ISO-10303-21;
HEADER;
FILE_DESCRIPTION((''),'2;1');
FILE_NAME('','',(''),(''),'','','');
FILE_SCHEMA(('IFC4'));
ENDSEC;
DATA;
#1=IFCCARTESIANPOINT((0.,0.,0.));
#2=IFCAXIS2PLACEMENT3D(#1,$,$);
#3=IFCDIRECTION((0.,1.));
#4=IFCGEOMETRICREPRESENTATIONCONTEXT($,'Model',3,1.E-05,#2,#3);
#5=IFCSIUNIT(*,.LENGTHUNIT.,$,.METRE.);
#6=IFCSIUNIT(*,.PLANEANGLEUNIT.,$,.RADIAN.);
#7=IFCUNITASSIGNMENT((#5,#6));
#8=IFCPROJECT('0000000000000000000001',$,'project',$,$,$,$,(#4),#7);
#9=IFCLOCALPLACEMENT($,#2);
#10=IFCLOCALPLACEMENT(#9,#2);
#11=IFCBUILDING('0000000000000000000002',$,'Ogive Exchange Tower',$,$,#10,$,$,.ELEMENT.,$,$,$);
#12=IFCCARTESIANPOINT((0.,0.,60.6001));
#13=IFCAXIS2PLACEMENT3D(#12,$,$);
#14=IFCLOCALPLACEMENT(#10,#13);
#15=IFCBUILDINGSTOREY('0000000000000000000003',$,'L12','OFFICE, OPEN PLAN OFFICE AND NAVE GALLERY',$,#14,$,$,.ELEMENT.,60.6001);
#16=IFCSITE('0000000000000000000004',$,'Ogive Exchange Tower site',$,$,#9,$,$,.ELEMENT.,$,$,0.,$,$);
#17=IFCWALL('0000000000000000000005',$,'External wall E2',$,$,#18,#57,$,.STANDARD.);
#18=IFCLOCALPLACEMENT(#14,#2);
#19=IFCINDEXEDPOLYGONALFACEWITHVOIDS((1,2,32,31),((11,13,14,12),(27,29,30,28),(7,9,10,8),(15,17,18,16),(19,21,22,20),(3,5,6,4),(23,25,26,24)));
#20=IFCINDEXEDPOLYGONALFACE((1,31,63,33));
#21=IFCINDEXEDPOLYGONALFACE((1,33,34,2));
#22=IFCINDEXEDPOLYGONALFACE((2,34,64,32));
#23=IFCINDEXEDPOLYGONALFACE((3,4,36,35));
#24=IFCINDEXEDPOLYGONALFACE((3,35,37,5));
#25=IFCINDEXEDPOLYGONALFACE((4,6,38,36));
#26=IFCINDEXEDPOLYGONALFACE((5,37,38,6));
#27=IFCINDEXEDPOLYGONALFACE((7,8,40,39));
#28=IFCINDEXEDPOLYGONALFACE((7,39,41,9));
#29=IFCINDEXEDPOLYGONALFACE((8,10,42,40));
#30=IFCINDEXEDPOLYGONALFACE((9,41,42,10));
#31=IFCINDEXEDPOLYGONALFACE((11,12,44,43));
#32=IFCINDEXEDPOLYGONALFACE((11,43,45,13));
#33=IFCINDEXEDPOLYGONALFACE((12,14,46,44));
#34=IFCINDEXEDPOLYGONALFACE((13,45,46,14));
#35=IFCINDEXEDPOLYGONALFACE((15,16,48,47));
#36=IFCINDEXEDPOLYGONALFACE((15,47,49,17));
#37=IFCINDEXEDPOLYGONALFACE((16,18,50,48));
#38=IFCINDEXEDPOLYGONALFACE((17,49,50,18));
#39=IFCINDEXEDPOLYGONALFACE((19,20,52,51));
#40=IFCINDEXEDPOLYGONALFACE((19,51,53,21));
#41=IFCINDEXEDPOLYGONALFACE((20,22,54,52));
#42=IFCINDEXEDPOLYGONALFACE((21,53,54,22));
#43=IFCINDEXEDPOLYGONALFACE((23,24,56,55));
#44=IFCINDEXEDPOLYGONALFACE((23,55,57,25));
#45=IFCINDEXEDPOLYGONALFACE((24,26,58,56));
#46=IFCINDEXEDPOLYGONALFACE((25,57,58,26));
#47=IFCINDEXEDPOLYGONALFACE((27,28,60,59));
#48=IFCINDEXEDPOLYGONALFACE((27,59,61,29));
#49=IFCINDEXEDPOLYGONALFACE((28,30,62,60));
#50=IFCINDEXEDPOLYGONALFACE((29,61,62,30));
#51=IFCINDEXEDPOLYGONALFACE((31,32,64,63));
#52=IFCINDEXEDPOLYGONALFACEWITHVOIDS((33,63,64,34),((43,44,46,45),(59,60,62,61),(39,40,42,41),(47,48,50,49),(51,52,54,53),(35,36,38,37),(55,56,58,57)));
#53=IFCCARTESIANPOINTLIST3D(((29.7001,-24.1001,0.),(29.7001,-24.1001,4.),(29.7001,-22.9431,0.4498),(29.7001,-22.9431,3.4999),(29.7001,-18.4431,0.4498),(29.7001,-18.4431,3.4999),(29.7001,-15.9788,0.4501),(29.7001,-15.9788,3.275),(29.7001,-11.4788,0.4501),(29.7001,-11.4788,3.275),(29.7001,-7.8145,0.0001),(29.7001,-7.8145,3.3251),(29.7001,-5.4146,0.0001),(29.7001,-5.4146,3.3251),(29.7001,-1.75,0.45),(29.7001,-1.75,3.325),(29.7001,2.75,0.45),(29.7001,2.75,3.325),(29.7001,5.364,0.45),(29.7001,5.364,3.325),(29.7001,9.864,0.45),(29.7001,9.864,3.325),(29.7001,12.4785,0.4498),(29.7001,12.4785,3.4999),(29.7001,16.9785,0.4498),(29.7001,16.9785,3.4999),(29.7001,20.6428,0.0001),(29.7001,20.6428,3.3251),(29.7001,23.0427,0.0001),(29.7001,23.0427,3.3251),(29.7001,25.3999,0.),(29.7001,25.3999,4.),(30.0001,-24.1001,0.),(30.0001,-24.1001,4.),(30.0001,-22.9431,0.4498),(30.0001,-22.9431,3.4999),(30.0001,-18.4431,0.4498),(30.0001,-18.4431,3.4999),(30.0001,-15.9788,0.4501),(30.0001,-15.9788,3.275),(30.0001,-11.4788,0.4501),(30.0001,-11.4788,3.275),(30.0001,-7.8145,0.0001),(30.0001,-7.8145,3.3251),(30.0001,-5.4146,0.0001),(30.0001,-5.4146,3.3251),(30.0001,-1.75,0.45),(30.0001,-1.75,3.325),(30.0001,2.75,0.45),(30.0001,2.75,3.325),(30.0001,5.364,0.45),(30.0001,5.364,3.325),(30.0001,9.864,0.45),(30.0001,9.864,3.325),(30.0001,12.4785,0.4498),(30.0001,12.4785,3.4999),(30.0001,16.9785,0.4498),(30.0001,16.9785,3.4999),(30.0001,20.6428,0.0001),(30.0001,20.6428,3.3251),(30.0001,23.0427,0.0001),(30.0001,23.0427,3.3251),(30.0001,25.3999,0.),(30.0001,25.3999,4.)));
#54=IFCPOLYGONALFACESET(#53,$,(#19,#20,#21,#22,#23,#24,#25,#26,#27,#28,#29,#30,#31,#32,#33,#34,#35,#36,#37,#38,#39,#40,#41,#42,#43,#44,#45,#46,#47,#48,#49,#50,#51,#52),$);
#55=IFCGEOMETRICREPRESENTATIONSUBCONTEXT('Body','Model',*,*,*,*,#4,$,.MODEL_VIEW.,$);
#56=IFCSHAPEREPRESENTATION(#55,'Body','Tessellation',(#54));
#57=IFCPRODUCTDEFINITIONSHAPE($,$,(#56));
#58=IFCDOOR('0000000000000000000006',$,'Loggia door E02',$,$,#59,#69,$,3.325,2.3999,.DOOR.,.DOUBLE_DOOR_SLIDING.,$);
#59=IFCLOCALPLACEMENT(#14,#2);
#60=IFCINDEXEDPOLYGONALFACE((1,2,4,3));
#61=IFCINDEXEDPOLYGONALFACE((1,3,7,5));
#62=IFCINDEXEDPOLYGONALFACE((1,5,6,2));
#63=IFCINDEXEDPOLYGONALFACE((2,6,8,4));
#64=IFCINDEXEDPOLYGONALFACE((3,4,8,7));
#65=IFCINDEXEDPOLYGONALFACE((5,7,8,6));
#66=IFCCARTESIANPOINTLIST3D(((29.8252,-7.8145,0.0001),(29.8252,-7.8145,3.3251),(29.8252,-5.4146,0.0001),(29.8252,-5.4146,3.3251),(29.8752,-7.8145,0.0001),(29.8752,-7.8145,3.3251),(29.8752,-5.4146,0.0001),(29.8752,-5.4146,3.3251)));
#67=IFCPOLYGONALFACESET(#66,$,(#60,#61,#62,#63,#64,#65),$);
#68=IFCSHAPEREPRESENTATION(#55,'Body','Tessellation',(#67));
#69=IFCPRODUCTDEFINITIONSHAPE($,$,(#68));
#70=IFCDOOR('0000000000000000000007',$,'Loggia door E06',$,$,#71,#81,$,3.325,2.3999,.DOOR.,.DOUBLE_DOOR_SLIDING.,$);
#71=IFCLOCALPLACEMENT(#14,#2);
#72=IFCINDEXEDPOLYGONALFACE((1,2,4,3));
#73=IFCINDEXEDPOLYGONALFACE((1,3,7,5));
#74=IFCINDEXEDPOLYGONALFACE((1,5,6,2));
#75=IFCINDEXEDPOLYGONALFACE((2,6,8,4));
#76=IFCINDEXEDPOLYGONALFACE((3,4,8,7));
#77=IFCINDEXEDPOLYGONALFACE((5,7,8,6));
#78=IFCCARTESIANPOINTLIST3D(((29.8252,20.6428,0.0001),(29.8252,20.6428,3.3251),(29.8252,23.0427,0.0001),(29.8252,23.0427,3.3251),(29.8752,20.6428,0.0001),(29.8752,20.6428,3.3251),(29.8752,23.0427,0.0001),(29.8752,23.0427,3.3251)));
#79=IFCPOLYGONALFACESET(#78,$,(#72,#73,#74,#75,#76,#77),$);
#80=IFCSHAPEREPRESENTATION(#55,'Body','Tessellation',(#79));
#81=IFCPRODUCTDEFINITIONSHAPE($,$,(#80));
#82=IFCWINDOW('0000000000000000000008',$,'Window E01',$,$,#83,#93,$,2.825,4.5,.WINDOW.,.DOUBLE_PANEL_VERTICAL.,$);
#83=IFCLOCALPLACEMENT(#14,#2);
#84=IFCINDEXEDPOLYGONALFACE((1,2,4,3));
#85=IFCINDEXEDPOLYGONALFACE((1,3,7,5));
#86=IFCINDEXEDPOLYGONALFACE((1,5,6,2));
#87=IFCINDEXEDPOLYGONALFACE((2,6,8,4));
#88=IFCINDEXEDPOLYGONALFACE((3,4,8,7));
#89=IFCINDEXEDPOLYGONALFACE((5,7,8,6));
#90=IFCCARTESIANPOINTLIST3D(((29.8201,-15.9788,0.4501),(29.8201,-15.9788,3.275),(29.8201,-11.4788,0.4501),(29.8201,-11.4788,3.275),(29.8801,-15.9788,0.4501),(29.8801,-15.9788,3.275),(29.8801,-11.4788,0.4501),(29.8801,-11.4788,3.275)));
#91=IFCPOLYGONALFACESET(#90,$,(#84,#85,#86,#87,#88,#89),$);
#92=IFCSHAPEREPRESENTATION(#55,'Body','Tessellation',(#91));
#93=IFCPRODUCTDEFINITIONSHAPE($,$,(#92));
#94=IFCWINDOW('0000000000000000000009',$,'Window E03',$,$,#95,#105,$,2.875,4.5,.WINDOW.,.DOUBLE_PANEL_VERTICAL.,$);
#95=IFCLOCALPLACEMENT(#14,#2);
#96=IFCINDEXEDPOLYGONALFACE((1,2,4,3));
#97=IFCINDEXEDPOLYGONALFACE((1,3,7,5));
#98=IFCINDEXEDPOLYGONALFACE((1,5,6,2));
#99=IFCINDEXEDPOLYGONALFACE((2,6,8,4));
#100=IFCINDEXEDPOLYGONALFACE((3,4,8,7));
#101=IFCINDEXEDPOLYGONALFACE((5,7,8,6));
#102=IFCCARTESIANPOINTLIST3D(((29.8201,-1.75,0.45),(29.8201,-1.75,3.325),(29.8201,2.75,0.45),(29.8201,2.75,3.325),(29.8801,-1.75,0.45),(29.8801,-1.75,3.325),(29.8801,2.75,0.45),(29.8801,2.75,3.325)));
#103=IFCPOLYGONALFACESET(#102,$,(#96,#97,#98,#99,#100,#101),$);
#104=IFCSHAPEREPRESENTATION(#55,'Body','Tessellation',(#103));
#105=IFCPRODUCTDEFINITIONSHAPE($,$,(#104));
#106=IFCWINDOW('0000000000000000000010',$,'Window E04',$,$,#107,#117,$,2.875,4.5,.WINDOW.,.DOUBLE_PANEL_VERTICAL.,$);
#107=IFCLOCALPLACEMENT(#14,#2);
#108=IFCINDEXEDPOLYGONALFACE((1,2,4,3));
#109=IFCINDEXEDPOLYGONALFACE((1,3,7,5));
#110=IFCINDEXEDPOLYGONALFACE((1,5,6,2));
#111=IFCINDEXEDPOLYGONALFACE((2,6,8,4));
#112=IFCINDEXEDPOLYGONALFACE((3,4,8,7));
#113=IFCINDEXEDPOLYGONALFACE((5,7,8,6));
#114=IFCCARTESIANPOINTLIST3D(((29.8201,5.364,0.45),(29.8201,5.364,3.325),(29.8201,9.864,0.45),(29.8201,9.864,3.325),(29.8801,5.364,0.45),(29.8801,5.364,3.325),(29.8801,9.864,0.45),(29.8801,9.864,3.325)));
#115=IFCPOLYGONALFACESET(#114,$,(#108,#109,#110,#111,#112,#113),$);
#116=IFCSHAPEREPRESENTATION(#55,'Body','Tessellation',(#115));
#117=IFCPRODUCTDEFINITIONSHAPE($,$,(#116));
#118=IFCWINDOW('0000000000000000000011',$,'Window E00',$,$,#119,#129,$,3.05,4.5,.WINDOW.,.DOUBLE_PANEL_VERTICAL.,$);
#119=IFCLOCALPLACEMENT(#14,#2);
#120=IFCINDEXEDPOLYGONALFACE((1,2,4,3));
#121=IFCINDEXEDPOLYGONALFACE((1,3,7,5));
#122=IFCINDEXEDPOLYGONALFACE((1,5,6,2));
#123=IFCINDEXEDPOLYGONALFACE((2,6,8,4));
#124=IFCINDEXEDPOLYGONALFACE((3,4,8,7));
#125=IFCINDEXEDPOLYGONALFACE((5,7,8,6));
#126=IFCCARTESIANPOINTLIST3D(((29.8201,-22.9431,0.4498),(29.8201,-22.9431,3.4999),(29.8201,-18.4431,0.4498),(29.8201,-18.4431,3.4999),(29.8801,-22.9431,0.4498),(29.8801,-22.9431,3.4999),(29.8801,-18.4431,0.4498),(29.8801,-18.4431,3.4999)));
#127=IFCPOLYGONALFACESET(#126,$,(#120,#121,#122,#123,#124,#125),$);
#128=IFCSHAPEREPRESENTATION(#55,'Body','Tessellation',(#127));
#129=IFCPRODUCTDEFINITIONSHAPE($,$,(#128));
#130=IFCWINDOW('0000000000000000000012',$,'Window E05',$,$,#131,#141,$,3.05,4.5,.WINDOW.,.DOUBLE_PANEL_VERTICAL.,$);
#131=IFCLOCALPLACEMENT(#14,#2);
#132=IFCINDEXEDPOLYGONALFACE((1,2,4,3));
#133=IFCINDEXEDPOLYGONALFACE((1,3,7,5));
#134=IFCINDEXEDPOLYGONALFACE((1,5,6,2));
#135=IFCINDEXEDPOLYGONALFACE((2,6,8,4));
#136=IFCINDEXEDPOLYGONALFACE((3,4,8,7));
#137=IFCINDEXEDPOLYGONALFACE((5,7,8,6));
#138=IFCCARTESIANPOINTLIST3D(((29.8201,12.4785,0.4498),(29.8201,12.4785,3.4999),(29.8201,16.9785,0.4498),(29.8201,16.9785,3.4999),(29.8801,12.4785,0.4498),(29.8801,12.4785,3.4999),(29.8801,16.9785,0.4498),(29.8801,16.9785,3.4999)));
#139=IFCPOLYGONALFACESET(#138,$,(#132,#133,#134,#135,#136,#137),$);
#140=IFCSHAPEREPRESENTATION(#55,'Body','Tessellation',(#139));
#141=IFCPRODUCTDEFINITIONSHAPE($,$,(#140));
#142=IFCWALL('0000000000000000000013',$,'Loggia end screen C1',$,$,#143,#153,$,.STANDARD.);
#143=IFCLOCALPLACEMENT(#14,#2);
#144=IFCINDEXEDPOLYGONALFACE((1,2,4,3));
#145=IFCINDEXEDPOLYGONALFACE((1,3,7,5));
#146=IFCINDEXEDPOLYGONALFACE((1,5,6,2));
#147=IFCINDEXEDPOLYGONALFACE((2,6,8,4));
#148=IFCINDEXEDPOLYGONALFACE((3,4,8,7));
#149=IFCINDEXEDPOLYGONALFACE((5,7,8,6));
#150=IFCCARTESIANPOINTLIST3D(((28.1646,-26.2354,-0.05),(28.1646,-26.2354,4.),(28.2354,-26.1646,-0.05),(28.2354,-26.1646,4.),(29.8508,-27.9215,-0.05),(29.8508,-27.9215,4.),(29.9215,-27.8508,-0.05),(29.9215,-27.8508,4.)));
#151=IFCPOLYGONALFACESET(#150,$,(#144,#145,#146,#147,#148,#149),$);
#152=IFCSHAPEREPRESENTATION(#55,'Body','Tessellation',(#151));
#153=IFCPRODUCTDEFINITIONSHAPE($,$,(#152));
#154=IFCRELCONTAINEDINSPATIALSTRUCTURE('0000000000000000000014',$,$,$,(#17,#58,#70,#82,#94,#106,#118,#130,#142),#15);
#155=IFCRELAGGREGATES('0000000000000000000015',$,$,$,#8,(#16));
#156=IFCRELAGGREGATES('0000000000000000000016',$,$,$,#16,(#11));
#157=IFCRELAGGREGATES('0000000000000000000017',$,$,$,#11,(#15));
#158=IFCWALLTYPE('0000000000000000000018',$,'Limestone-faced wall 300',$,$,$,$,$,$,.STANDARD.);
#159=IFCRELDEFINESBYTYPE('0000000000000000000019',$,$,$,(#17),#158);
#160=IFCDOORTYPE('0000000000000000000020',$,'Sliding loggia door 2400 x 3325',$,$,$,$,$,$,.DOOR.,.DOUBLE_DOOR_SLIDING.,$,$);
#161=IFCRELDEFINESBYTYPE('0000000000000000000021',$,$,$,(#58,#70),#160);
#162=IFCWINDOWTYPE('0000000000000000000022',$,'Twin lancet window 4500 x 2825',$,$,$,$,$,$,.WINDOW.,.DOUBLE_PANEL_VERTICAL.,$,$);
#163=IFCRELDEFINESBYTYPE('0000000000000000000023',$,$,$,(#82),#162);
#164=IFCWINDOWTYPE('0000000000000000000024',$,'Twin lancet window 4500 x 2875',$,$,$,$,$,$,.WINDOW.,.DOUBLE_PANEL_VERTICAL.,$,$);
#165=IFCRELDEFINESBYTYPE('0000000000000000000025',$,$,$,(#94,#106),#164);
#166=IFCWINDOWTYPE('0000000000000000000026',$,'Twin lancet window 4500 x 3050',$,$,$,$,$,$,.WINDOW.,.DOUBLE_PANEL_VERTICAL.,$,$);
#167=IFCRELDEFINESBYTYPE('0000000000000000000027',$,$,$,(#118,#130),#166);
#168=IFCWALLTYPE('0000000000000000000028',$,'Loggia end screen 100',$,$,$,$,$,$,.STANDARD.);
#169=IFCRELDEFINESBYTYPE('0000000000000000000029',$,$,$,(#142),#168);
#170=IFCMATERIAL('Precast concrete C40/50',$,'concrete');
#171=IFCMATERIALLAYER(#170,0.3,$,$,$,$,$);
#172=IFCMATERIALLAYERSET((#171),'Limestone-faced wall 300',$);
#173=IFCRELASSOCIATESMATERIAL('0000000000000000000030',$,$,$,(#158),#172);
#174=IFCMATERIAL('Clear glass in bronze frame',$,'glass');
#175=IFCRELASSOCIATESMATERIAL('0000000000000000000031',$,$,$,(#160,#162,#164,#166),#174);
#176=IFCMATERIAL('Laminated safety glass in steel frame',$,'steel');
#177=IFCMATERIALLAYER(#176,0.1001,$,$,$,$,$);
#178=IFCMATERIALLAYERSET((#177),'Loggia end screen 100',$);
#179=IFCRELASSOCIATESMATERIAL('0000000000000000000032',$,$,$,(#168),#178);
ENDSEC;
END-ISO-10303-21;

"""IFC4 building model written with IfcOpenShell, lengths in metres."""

from ifc_helpers import new_model, si_unit, direction, frame, frame_2d, origin, place, context, subcontext, project, spatial, rectangle, extrude, material, layer, layer_set, type_object, element, fill, save


model = new_model("IFC4")

# Units and contexts
model_context = context("Model", 3, precision=1e-05, world=origin(), true_north=direction((0.0, 1.0)))
body_context = subcontext(model_context, "Body", "Model", "MODEL_VIEW")
ifc_project = project(units=[si_unit("LENGTHUNIT", "METRE"), si_unit("PLANEANGLEUNIT", "RADIAN")], contexts=[model_context])

# Site, building, storey
site_placement = place(None, origin())
site = spatial("IfcSite", under=ifc_project, at=site_placement, Name="Ogive Exchange Tower site", CompositionType="ELEMENT", RefElevation=0.0)
building_placement = place(site_placement, origin())
building = spatial("IfcBuilding", under=site, at=building_placement, Name="Ogive Exchange Tower", CompositionType="ELEMENT")
storey_placement = place(building_placement, frame((0.0, 0.0, 60.6001)))
storey = spatial("IfcBuildingStorey", under=building, at=storey_placement, Name="L12", Description="OFFICE, OPEN PLAN OFFICE AND NAVE GALLERY", CompositionType="ELEMENT", Elevation=60.6001)

# Wall, openings, doors, windows
ifc_material_1 = material(Name="Precast concrete C40/50", Category="concrete")
ifc_layer_1 = layer(ifc_material_1, 0.3)
ifc_layer_set_1 = layer_set([ifc_layer_1], Name="Limestone-faced wall 300")
wall_type_1 = type_object("IfcWallType", Name="Limestone-faced wall 300", PredefinedType="STANDARD", material=ifc_layer_set_1)
wall_1_placement = place(storey_placement, frame((29.8501, -24.1001, 0.0), z_axis=(0.0, 0.0, 1.0), x_axis=(0.0, 1.0, 0.0)))
wall_1 = element("IfcWall", 1, at=wall_1_placement, inside=storey, type_object=wall_type_1, Name="External wall E2", PredefinedType="STANDARD", context=body_context, shape_type="SweptSolid", body=[
    extrude(rectangle(XDim=49.5, YDim=0.3, at=frame_2d((24.75, 0.0))), origin(), (0.0, 0.0, 1.0), 4.0),
])
opening_1_placement = place(wall_1_placement, frame((1.157, 0.0, 0.45)))
opening_1 = element("IfcOpeningElement", 2, at=opening_1_placement, cuts=wall_1, PredefinedType="OPENING", context=body_context, shape_type="SweptSolid", body=[
    extrude(rectangle(XDim=4.5, YDim=3.05, at=frame_2d((2.25, 1.5249))), frame((0.0, 0.1599, 0.0), z_axis=(0.0, -1.0, 0.0), x_axis=(1.0, 0.0, 0.0)), (0.0, 0.0, 1.0), 0.3201),
])
opening_2_placement = place(wall_1_placement, frame((8.1213, 0.0, 0.45)))
opening_2 = element("IfcOpeningElement", 3, at=opening_2_placement, cuts=wall_1, PredefinedType="OPENING", context=body_context, shape_type="SweptSolid", body=[
    extrude(rectangle(XDim=4.5, YDim=2.825, at=frame_2d((2.25, 1.4126))), frame((0.0, 0.1599, 0.0), z_axis=(0.0, -1.0, 0.0), x_axis=(1.0, 0.0, 0.0)), (0.0, 0.0, 1.0), 0.3201),
])
opening_3_placement = place(wall_1_placement, frame((16.2856, 0.0, 0.0)))
opening_3 = element("IfcOpeningElement", 4, at=opening_3_placement, cuts=wall_1, PredefinedType="OPENING", context=body_context, shape_type="SweptSolid", body=[
    extrude(rectangle(XDim=2.3999, YDim=3.325, at=frame_2d((1.2, 1.6626))), frame((0.0, 0.1599, 0.0), z_axis=(0.0, -1.0, 0.0), x_axis=(1.0, 0.0, 0.0)), (0.0, 0.0, 1.0), 0.3201),
])
opening_4_placement = place(wall_1_placement, frame((22.3501, 0.0, 0.45)))
opening_4 = element("IfcOpeningElement", 5, at=opening_4_placement, cuts=wall_1, PredefinedType="OPENING", context=body_context, shape_type="SweptSolid", body=[
    extrude(rectangle(XDim=4.5, YDim=2.875, at=frame_2d((2.25, 1.4375))), frame((0.0, 0.1599, 0.0), z_axis=(0.0, -1.0, 0.0), x_axis=(1.0, 0.0, 0.0)), (0.0, 0.0, 1.0), 0.3201),
])
opening_5_placement = place(wall_1_placement, frame((29.4641, 0.0, 0.45)))
opening_5 = element("IfcOpeningElement", 6, at=opening_5_placement, cuts=wall_1, PredefinedType="OPENING", context=body_context, shape_type="SweptSolid", body=[
    extrude(rectangle(XDim=4.5, YDim=2.875, at=frame_2d((2.25, 1.4375))), frame((0.0, 0.1599, 0.0), z_axis=(0.0, -1.0, 0.0), x_axis=(1.0, 0.0, 0.0)), (0.0, 0.0, 1.0), 0.3201),
])
opening_6_placement = place(wall_1_placement, frame((36.5786, 0.0, 0.45)))
opening_6 = element("IfcOpeningElement", 7, at=opening_6_placement, cuts=wall_1, PredefinedType="OPENING", context=body_context, shape_type="SweptSolid", body=[
    extrude(rectangle(XDim=4.5, YDim=3.05, at=frame_2d((2.25, 1.5249))), frame((0.0, 0.1599, 0.0), z_axis=(0.0, -1.0, 0.0), x_axis=(1.0, 0.0, 0.0)), (0.0, 0.0, 1.0), 0.3201),
])
opening_7_placement = place(wall_1_placement, frame((44.7429, 0.0, 0.0)))
opening_7 = element("IfcOpeningElement", 8, at=opening_7_placement, cuts=wall_1, PredefinedType="OPENING", context=body_context, shape_type="SweptSolid", body=[
    extrude(rectangle(XDim=2.3999, YDim=3.325, at=frame_2d((1.2, 1.6626))), frame((0.0, 0.1599, 0.0), z_axis=(0.0, -1.0, 0.0), x_axis=(1.0, 0.0, 0.0)), (0.0, 0.0, 1.0), 0.3201),
])
ifc_material_2 = material(Name="Clear glass in bronze frame", Category="glass")
door_type_1 = type_object("IfcDoorType", Name="Sliding loggia door 2400 x 3325", OperationType="DOUBLE_DOOR_SLIDING", PredefinedType="DOOR", material=ifc_material_2)
door_1_placement = place(opening_3_placement, origin())
door_1 = element("IfcDoor", 9, at=door_1_placement, inside=storey, type_object=door_type_1, Name="Loggia door E02", OperationType="DOUBLE_DOOR_SLIDING", OverallHeight=3.325, OverallWidth=2.3999, PredefinedType="DOOR", context=body_context, shape_type="SweptSolid", body=[
    extrude(rectangle(XDim=2.3999, YDim=3.325, at=frame_2d((1.2, 1.6626))), frame((0.0, 0.0249, 0.0), z_axis=(0.0, -1.0, 0.0), x_axis=(1.0, 0.0, 0.0)), (0.0, 0.0, 1.0), 0.05),
])
fill(opening_3, door_1)
door_2_placement = place(opening_7_placement, origin())
door_2 = element("IfcDoor", 10, at=door_2_placement, inside=storey, type_object=door_type_1, Name="Loggia door E06", OperationType="DOUBLE_DOOR_SLIDING", OverallHeight=3.325, OverallWidth=2.3999, PredefinedType="DOOR", context=body_context, shape_type="SweptSolid", body=[
    extrude(rectangle(XDim=2.3999, YDim=3.325, at=frame_2d((1.2, 1.6626))), frame((0.0, 0.0249, 0.0), z_axis=(0.0, -1.0, 0.0), x_axis=(1.0, 0.0, 0.0)), (0.0, 0.0, 1.0), 0.05),
])
fill(opening_7, door_2)
window_type_1 = type_object("IfcWindowType", Name="Twin lancet window 4500 x 2825", PartitioningType="DOUBLE_PANEL_VERTICAL", PredefinedType="WINDOW", material=ifc_material_2)
window_1_placement = place(opening_2_placement, origin())
window_1 = element("IfcWindow", 11, at=window_1_placement, inside=storey, type_object=window_type_1, Name="Window E01", OverallHeight=2.825, OverallWidth=4.5, PartitioningType="DOUBLE_PANEL_VERTICAL", PredefinedType="WINDOW", context=body_context, shape_type="SweptSolid", body=[
    extrude(rectangle(XDim=4.5, YDim=2.825, at=frame_2d((2.25, 1.4126))), frame((0.0, 0.03, 0.0), z_axis=(0.0, -1.0, 0.0), x_axis=(1.0, 0.0, 0.0)), (0.0, 0.0, 1.0), 0.0601),
])
fill(opening_2, window_1)
window_type_2 = type_object("IfcWindowType", Name="Twin lancet window 4500 x 2875", PartitioningType="DOUBLE_PANEL_VERTICAL", PredefinedType="WINDOW", material=ifc_material_2)
window_2_placement = place(opening_4_placement, origin())
window_2 = element("IfcWindow", 12, at=window_2_placement, inside=storey, type_object=window_type_2, Name="Window E03", OverallHeight=2.875, OverallWidth=4.5, PartitioningType="DOUBLE_PANEL_VERTICAL", PredefinedType="WINDOW", context=body_context, shape_type="SweptSolid", body=[
    extrude(rectangle(XDim=4.5, YDim=2.875, at=frame_2d((2.25, 1.4375))), frame((0.0, 0.03, 0.0), z_axis=(0.0, -1.0, 0.0), x_axis=(1.0, 0.0, 0.0)), (0.0, 0.0, 1.0), 0.0601),
])
fill(opening_4, window_2)
window_3_placement = place(opening_5_placement, origin())
window_3 = element("IfcWindow", 13, at=window_3_placement, inside=storey, type_object=window_type_2, Name="Window E04", OverallHeight=2.875, OverallWidth=4.5, PartitioningType="DOUBLE_PANEL_VERTICAL", PredefinedType="WINDOW", context=body_context, shape_type="SweptSolid", body=[
    extrude(rectangle(XDim=4.5, YDim=2.875, at=frame_2d((2.25, 1.4375))), frame((0.0, 0.03, 0.0), z_axis=(0.0, -1.0, 0.0), x_axis=(1.0, 0.0, 0.0)), (0.0, 0.0, 1.0), 0.0601),
])
fill(opening_5, window_3)
window_type_3 = type_object("IfcWindowType", Name="Twin lancet window 4500 x 3050", PartitioningType="DOUBLE_PANEL_VERTICAL", PredefinedType="WINDOW", material=ifc_material_2)
window_4_placement = place(opening_1_placement, origin())
window_4 = element("IfcWindow", 14, at=window_4_placement, inside=storey, type_object=window_type_3, Name="Window E00", OverallHeight=3.05, OverallWidth=4.5, PartitioningType="DOUBLE_PANEL_VERTICAL", PredefinedType="WINDOW", context=body_context, shape_type="SweptSolid", body=[
    extrude(rectangle(XDim=4.5, YDim=3.05, at=frame_2d((2.25, 1.5249))), frame((0.0, 0.03, 0.0), z_axis=(0.0, -1.0, 0.0), x_axis=(1.0, 0.0, 0.0)), (0.0, 0.0, 1.0), 0.0601),
])
fill(opening_1, window_4)
window_5_placement = place(opening_6_placement, origin())
window_5 = element("IfcWindow", 15, at=window_5_placement, inside=storey, type_object=window_type_3, Name="Window E05", OverallHeight=3.05, OverallWidth=4.5, PartitioningType="DOUBLE_PANEL_VERTICAL", PredefinedType="WINDOW", context=body_context, shape_type="SweptSolid", body=[
    extrude(rectangle(XDim=4.5, YDim=3.05, at=frame_2d((2.25, 1.5249))), frame((0.0, 0.03, 0.0), z_axis=(0.0, -1.0, 0.0), x_axis=(1.0, 0.0, 0.0)), (0.0, 0.0, 1.0), 0.0601),
])
fill(opening_6, window_5)

# Wall
ifc_material_3 = material(Name="Laminated safety glass in steel frame", Category="steel")
ifc_layer_2 = layer(ifc_material_3, 0.1001)
ifc_layer_set_2 = layer_set([ifc_layer_2], Name="Loggia end screen 100")
wall_type_2 = type_object("IfcWallType", Name="Loggia end screen 100", PredefinedType="STANDARD", material=ifc_layer_set_2)
wall_2_placement = place(storey_placement, frame((28.2, -26.2, -0.05), z_axis=(0.0, 0.0, 1.0), x_axis=(0.707107, -0.707107, 0.0)))
element("IfcWall", 16, at=wall_2_placement, inside=storey, type_object=wall_type_2, Name="Loggia end screen C1", PredefinedType="STANDARD", context=body_context, shape_type="SweptSolid", body=[
    extrude(rectangle(XDim=2.3845, YDim=0.1001, at=frame_2d((1.1924, 0.0))), origin(), (0.0, 0.0, 1.0), 4.05),
])

save(model, "model.ifc")
